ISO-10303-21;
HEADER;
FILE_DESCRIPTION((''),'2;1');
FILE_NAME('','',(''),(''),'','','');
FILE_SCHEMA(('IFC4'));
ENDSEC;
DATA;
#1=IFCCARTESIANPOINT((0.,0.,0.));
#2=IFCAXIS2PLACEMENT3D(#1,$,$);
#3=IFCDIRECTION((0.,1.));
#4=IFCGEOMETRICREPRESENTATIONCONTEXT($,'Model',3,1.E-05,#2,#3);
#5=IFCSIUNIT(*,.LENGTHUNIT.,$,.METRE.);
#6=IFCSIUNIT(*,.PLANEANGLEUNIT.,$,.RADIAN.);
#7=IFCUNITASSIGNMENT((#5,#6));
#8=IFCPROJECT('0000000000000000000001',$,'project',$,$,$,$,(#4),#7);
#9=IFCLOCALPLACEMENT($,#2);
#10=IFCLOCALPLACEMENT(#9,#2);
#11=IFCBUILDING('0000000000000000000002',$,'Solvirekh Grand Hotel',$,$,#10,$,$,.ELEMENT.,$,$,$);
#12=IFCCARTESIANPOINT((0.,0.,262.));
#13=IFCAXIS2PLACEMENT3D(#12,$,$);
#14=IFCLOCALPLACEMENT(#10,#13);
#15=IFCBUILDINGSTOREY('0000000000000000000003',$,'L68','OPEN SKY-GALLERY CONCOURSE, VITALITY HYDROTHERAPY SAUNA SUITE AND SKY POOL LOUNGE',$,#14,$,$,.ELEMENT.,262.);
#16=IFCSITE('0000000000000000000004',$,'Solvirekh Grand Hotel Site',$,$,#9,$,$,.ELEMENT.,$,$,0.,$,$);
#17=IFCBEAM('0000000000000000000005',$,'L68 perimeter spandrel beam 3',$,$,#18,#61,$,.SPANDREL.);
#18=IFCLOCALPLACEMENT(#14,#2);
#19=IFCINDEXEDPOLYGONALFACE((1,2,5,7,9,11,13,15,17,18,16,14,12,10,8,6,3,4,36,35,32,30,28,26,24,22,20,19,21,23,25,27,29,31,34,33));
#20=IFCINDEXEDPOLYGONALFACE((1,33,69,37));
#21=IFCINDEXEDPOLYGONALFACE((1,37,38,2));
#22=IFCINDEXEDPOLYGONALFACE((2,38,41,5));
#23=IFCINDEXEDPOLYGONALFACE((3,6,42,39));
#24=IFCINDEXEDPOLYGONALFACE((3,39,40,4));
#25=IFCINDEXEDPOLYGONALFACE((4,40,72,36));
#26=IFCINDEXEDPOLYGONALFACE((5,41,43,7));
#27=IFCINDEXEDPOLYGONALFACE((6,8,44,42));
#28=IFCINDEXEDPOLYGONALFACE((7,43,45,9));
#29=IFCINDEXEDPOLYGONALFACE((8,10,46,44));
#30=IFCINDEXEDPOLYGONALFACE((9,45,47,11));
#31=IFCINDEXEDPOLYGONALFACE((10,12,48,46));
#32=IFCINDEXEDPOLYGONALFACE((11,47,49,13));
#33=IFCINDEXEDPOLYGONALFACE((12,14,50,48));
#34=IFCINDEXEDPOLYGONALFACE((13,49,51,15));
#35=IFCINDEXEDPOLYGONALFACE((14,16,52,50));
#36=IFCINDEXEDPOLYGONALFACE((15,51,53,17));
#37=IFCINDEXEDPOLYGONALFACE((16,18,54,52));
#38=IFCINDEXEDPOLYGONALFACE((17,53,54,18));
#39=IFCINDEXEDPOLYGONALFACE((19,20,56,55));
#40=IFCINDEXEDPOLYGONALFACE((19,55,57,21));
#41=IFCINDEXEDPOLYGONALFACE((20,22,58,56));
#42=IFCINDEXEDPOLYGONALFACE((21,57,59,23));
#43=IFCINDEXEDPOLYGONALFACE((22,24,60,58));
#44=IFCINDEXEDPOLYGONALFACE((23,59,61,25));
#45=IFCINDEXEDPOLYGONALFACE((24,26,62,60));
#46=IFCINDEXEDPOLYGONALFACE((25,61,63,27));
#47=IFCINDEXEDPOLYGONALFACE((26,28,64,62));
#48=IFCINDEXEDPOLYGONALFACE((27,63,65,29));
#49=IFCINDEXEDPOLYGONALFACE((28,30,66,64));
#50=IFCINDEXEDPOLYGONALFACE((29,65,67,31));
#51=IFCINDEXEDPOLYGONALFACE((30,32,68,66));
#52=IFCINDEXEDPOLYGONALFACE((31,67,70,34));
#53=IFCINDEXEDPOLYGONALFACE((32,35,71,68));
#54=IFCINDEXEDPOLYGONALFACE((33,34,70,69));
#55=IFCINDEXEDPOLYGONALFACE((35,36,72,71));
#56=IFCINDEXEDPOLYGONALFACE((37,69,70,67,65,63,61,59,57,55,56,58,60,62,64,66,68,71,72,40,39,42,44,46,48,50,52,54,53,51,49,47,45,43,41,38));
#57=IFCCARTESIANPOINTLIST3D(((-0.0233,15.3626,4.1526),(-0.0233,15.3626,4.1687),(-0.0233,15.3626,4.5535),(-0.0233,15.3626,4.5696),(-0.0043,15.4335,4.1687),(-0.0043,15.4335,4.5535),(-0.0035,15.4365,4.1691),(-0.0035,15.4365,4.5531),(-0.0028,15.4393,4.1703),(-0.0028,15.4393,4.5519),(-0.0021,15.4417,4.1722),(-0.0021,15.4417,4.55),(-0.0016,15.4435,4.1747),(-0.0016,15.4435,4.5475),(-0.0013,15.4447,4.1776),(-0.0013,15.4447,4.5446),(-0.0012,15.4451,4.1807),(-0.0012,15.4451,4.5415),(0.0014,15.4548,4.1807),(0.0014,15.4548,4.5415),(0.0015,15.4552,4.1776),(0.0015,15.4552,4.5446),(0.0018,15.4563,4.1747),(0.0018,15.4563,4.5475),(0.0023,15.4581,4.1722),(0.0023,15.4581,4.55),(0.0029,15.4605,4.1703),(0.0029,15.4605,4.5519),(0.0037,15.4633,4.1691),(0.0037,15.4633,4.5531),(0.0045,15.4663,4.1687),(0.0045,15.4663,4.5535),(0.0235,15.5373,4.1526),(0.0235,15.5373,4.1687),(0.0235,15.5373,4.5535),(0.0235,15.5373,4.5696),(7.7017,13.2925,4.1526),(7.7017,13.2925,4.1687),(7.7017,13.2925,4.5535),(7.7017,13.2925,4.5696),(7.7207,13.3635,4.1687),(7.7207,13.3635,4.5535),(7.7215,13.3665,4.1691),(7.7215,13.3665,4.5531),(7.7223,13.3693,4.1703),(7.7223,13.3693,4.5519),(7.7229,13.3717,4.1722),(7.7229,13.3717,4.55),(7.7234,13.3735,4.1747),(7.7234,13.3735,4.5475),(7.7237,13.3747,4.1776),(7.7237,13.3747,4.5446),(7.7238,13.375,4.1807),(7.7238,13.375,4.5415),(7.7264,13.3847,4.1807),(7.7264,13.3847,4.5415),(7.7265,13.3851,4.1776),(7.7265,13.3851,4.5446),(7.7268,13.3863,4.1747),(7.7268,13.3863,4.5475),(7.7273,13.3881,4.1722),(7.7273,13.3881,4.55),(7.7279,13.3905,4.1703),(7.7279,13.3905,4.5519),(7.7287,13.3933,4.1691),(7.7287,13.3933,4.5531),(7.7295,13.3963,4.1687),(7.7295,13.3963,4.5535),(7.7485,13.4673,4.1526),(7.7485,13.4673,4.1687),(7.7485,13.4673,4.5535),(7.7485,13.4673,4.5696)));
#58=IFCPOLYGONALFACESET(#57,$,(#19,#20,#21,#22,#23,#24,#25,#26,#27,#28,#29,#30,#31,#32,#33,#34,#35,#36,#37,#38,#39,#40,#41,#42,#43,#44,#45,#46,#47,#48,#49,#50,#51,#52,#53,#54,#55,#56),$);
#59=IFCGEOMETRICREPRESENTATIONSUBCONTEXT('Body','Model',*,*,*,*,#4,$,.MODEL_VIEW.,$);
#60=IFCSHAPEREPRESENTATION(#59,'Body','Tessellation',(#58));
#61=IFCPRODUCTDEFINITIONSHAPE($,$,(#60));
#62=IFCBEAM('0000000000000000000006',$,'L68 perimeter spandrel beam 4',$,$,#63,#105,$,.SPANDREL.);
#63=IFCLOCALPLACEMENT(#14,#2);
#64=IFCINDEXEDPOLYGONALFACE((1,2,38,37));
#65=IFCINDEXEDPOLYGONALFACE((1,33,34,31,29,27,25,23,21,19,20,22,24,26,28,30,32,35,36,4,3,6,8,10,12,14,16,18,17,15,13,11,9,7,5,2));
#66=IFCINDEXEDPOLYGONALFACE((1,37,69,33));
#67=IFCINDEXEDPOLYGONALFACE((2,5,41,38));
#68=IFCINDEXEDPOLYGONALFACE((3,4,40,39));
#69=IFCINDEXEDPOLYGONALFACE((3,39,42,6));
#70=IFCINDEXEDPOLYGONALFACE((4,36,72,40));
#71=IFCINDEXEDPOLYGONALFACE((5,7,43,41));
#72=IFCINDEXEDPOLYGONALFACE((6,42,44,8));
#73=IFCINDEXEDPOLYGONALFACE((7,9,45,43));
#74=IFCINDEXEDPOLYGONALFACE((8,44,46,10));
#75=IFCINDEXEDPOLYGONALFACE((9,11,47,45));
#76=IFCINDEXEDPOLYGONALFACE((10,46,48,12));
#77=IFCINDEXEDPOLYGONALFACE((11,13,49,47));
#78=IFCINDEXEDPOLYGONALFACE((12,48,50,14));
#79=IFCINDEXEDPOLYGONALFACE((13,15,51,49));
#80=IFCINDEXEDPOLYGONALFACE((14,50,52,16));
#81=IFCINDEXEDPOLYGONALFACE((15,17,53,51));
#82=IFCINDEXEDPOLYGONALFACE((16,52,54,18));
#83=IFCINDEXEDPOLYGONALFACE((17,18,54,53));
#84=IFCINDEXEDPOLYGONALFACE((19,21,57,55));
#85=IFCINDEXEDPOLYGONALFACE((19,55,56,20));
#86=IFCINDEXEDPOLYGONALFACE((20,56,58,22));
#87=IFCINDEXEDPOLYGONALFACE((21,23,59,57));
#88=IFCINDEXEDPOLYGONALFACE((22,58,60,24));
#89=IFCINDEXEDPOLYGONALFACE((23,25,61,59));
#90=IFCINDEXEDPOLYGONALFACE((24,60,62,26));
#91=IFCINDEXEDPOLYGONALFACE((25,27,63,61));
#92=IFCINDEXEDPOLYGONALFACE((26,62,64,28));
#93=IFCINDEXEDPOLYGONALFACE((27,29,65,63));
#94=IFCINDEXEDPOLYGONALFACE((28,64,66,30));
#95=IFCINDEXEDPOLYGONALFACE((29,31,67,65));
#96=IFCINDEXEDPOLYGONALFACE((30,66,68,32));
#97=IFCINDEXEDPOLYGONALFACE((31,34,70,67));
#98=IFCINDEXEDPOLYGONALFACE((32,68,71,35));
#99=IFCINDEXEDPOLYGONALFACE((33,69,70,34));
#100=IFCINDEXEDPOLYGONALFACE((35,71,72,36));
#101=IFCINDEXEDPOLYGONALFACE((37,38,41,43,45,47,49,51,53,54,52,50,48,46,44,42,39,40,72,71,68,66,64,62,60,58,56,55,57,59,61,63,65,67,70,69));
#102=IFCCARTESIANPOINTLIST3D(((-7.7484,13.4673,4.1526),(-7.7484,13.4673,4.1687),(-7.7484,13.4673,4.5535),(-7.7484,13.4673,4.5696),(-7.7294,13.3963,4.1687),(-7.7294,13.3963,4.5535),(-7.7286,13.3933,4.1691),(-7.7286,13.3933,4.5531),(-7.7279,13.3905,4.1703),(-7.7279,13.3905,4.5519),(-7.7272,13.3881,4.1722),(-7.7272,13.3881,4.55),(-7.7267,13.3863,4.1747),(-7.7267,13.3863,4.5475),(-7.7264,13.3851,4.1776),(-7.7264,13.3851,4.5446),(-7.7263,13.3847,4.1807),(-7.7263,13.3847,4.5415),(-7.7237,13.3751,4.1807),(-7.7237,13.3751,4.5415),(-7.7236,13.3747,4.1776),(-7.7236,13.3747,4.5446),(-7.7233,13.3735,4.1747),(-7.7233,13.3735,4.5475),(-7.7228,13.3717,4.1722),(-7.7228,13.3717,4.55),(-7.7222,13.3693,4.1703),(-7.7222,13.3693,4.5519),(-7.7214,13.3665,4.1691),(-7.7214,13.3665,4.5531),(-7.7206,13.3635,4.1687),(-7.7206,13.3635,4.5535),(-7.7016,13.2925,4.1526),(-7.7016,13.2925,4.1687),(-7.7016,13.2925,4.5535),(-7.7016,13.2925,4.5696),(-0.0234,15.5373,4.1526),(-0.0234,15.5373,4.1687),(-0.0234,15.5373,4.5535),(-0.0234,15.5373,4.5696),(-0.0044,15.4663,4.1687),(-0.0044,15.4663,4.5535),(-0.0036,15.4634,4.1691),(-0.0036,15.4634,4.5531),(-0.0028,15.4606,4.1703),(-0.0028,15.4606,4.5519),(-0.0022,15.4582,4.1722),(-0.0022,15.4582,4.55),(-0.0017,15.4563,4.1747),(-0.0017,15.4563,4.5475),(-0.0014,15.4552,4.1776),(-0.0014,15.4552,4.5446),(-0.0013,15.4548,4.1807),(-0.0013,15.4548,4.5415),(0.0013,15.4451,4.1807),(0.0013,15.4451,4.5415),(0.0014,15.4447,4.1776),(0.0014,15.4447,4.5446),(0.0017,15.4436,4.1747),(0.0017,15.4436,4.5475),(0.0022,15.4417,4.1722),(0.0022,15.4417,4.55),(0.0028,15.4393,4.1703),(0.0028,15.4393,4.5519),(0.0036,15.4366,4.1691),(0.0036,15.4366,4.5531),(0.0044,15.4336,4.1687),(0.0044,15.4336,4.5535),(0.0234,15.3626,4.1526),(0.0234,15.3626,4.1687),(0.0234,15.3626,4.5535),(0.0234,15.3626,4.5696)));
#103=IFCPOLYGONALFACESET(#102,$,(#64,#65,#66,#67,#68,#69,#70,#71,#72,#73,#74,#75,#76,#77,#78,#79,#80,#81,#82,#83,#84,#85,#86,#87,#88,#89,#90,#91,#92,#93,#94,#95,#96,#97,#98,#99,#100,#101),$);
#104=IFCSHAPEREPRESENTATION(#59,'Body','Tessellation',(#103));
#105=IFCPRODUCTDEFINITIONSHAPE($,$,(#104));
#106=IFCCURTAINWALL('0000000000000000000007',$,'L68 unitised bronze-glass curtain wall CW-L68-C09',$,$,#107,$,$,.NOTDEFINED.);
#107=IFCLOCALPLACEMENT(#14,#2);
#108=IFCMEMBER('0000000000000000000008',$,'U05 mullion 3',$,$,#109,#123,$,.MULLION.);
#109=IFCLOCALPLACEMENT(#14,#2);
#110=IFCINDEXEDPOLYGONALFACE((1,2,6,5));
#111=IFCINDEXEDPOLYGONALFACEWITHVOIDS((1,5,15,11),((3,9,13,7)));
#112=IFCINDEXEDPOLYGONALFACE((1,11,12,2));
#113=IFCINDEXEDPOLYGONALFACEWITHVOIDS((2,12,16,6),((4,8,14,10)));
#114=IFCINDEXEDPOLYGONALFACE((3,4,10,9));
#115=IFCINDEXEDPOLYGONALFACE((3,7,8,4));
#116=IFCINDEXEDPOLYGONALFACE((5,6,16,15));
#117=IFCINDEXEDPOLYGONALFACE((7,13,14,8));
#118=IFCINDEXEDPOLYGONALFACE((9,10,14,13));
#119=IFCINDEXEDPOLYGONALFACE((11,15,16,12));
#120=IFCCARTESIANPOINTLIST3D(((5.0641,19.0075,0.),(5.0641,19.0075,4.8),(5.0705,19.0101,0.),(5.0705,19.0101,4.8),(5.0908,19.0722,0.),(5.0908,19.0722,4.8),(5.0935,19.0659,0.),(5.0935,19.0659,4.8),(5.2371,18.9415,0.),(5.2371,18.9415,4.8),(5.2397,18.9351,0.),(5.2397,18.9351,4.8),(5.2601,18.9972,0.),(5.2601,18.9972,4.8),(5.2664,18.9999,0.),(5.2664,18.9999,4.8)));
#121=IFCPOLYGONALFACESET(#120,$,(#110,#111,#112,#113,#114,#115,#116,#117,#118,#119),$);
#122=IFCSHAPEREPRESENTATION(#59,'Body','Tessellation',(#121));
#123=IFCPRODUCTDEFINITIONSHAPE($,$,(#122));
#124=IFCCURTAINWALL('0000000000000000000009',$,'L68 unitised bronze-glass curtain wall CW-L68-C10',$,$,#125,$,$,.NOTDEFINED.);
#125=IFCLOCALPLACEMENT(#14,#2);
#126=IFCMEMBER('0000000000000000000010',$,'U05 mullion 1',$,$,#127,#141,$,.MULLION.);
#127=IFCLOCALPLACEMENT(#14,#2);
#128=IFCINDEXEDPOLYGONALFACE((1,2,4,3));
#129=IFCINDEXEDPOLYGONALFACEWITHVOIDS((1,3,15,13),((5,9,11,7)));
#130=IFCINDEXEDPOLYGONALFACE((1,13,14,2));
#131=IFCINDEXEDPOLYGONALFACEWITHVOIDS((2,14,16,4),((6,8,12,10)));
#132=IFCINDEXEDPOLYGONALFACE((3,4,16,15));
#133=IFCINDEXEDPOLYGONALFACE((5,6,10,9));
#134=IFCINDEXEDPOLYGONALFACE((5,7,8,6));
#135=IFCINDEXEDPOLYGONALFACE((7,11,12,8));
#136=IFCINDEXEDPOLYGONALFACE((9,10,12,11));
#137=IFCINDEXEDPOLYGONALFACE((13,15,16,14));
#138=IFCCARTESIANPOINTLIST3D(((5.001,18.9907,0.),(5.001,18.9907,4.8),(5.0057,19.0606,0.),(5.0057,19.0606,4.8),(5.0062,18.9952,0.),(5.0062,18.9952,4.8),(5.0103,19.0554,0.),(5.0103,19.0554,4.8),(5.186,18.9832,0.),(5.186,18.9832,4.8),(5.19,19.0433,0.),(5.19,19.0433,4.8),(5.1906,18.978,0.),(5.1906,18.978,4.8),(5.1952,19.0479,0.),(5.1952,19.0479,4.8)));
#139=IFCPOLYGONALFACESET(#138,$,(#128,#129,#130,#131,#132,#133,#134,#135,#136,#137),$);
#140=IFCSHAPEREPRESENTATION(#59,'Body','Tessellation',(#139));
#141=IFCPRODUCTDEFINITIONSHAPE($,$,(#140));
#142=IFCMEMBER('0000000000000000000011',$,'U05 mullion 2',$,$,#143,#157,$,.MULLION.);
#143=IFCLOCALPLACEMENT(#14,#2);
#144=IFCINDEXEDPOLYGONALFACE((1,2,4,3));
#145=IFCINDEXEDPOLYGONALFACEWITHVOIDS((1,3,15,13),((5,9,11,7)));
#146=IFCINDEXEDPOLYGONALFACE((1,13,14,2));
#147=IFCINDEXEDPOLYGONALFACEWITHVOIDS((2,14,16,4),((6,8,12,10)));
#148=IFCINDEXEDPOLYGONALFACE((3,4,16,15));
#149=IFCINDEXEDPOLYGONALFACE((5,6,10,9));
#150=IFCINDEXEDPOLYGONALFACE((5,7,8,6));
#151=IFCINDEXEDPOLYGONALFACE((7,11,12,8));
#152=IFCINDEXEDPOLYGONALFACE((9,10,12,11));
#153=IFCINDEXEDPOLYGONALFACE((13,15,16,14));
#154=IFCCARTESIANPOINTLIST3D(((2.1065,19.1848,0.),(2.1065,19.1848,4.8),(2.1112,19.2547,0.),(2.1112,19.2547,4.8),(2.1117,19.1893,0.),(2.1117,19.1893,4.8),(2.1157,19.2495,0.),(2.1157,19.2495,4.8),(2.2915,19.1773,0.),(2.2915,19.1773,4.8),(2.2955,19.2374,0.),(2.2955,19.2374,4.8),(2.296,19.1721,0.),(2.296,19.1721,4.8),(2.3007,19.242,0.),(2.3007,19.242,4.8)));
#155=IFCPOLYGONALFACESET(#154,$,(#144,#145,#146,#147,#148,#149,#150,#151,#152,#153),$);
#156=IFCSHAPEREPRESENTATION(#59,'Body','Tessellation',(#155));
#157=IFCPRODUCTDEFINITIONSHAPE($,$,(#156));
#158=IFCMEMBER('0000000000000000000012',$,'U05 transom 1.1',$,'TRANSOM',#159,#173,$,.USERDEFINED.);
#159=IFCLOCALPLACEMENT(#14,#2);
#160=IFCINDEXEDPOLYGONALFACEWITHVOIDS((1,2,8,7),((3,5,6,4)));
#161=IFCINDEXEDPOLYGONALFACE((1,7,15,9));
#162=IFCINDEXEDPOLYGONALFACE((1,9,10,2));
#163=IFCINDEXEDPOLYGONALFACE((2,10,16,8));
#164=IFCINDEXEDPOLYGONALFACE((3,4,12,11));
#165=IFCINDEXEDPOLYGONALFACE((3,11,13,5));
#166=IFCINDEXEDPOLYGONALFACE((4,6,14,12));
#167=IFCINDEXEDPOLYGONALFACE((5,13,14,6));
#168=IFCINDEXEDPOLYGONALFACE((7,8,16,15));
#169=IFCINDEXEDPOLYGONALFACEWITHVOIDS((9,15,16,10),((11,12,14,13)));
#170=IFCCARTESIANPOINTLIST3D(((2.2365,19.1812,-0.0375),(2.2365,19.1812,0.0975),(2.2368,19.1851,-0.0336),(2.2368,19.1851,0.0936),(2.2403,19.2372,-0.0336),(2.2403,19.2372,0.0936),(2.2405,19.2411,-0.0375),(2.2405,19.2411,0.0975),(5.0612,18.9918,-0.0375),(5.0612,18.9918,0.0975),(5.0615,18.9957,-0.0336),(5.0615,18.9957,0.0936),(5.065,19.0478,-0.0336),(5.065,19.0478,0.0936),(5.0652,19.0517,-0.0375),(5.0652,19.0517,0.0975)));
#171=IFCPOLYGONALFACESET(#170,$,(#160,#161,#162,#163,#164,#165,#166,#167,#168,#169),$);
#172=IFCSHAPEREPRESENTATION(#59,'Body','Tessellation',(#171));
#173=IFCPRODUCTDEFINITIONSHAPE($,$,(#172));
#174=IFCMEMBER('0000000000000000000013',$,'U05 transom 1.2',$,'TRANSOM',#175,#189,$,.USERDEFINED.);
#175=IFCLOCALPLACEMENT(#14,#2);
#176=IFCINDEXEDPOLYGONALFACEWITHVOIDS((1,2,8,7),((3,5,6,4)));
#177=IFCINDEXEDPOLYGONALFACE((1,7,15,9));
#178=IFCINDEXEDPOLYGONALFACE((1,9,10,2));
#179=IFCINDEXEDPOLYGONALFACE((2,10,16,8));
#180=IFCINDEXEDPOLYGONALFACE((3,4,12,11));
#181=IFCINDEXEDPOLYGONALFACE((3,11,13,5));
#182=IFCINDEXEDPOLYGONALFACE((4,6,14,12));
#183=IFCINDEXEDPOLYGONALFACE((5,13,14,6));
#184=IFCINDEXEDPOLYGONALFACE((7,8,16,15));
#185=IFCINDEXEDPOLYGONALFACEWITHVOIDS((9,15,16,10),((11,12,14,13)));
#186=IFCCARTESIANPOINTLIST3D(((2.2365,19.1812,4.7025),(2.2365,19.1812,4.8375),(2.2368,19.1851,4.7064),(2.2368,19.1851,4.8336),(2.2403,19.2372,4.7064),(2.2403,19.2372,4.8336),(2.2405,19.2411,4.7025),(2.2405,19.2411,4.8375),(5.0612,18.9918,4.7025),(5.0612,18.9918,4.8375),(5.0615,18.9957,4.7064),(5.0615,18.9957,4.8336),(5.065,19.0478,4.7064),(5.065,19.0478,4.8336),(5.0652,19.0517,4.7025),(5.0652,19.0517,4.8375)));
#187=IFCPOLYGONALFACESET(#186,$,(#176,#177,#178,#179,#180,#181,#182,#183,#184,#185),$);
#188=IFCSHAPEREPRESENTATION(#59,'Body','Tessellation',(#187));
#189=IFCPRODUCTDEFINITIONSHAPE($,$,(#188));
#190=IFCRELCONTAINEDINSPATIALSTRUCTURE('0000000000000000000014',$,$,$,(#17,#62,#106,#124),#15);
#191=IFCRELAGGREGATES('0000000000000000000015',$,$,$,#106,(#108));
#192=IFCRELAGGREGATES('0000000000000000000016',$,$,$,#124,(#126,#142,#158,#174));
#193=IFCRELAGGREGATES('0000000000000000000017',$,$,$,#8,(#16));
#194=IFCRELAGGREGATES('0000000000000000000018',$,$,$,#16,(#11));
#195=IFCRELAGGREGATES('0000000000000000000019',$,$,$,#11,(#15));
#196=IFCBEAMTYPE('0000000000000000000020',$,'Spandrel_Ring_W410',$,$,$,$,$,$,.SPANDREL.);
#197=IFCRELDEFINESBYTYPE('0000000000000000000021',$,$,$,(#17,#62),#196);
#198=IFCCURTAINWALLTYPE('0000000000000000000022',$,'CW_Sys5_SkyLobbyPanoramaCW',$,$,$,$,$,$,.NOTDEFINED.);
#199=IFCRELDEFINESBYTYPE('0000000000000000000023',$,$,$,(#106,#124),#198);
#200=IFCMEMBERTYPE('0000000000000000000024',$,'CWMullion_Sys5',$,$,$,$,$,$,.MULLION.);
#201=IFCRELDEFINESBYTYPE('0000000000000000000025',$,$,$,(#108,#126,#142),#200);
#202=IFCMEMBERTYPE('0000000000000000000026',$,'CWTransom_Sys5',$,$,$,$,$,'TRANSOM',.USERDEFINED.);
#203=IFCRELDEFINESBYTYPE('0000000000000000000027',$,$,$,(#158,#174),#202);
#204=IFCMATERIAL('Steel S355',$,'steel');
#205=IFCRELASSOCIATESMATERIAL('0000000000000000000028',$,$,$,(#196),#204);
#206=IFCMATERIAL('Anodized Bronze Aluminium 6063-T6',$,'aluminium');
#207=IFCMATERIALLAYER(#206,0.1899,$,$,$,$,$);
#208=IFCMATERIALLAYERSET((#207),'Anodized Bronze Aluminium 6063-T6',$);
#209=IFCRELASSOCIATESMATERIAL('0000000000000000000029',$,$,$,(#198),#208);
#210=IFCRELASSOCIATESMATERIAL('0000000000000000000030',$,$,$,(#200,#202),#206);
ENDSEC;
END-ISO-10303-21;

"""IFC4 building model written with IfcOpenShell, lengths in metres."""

from ifc_helpers import new_model, si_unit, direction, frame, origin, origin_2d, place, context, subcontext, project, spatial, hollow_rectangle, i_section, extrude, source, transform, mapped, material, layer, layer_set, material_profile, profile_set, type_object, element, aggregate, save


model = new_model("IFC4")

# Units and contexts
model_context = context("Model", 3, precision=1e-05, world=origin(), true_north=direction((0.0, 1.0)))
body_context = subcontext(model_context, "Body", "Model", "MODEL_VIEW")
ifc_project = project(units=[si_unit("LENGTHUNIT", "METRE"), si_unit("PLANEANGLEUNIT", "RADIAN")], contexts=[model_context])

# Site, building, storey
site_placement = place(None, origin())
site = spatial("IfcSite", under=ifc_project, at=site_placement, Name="Solvirekh Grand Hotel Site", CompositionType="ELEMENT", RefElevation=0.0)
building_placement = place(site_placement, origin())
building = spatial("IfcBuilding", under=site, at=building_placement, Name="Solvirekh Grand Hotel", CompositionType="ELEMENT")
storey_placement = place(building_placement, frame((0.0, 0.0, 262.0)))
storey = spatial("IfcBuildingStorey", under=building, at=storey_placement, Name="L68", Description="OPEN SKY-GALLERY CONCOURSE, VITALITY HYDROTHERAPY SAUNA SUITE AND SKY POOL LOUNGE", CompositionType="ELEMENT", Elevation=262.0)

# Beams
ifc_material_1 = material(Name="Steel S355", Category="steel")
ifc_material_profile_1 = material_profile(ifc_material_1, i_section(OverallWidth=0.1809, OverallDepth=0.417, WebThickness=0.01, FlangeThickness=0.0161, FilletRadius=0.012, at=origin_2d()), Name="W410X85")
ifc_profile_set_1 = profile_set([ifc_material_profile_1], Name="Steel S355")
beam_type_1 = type_object("IfcBeamType", Name="Spandrel_Ring_W410", PredefinedType="SPANDREL", material=ifc_profile_set_1)
for number, where, z_axis, x_axis, name in (
    (1, (7.7251, 13.3799, 4.3611), (-0.965922, 0.258835, 0.0), (-0.258835, -0.965922, 0.0), "L68 perimeter spandrel beam 3"),
    (2, (0.0, 15.45, 4.3611), (-0.965922, -0.258835, 0.0), (0.258835, -0.965922, 0.0), "L68 perimeter spandrel beam 4"),
):
    element("IfcBeam", number, at=place(storey_placement, frame(where, z_axis=z_axis, x_axis=x_axis)), inside=storey, type_object=beam_type_1, Name=name, PredefinedType="SPANDREL", context=body_context, shape_type="SweptSolid", body=[
        extrude(i_section(OverallWidth=0.1809, OverallDepth=0.417, WebThickness=0.01, FlangeThickness=0.0161, FilletRadius=0.012, at=origin_2d()), origin(), (0.0, 0.0, 1.0), 7.9976),
    ])

# Curtain wall, member
ifc_material_2 = material(Name="Anodized Bronze Aluminium 6063-T6", Category="aluminium")
ifc_layer_1 = layer(ifc_material_2, 0.1899)
ifc_layer_set_1 = layer_set([ifc_layer_1], Name="Anodized Bronze Aluminium 6063-T6")
curtain_wall_type = type_object("IfcCurtainWallType", Name="CW_Sys5_SkyLobbyPanoramaCW", PredefinedType="NOTDEFINED", material=ifc_layer_set_1)
curtain_wall_1_placement = place(storey_placement, origin())
curtain_wall_1 = element("IfcCurtainWall", 3, at=curtain_wall_1_placement, inside=storey, type_object=curtain_wall_type, Name="L68 unitised bronze-glass curtain wall CW-L68-C09", PredefinedType="NOTDEFINED")
ifc_material_profile_2 = material_profile(ifc_material_2, hollow_rectangle(XDim=0.0701, YDim=0.1899, WallThickness=0.0049, at=origin_2d()), Name="ALU RHS 190X70X5")
ifc_profile_set_2 = profile_set([ifc_material_profile_2], Name="Anodized Bronze Aluminium 6063-T6")
member_type_1 = type_object("IfcMemberType", Name="CWMullion_Sys5", PredefinedType="MULLION", material=ifc_profile_set_2)
shared_shape_1 = source(origin(), body_context, "Body", "SweptSolid", [
    extrude(hollow_rectangle(XDim=0.0701, YDim=0.1899, WallThickness=0.0049, at=origin_2d()), origin(), (0.0, 0.0, 1.0), 4.8),
])
member_1_placement = place(storey_placement, frame((5.1653, 19.0037, 0.0), z_axis=(0.0, 0.0, 1.0), x_axis=(-0.381047, -0.924556, 0.0)))
member_1 = element("IfcMember", 4, at=member_1_placement, type_object=member_type_1, Name="U05 mullion 3", PredefinedType="MULLION", context=body_context, shape_type="MappedRepresentation", body=[
    mapped(shared_shape_1, transform((0.0, 0.0, 0.0), x_axis=(1.0, 0.0, 0.0), y_axis=(0.0, 1.0, 0.0), z_axis=(0.0, 0.0, 1.0), scale=1.0)),
])

# Curtain wall, members
curtain_wall_2_placement = place(storey_placement, origin())
curtain_wall_2 = element("IfcCurtainWall", 5, at=curtain_wall_2_placement, inside=storey, type_object=curtain_wall_type, Name="L68 unitised bronze-glass curtain wall CW-L68-C10", PredefinedType="NOTDEFINED")
member_2_placement = place(storey_placement, frame((5.0981, 19.0193, 0.0), z_axis=(0.0, 0.0, 1.0), x_axis=(-0.066926, -0.997758, 0.0)))
member_2 = element("IfcMember", 6, at=member_2_placement, type_object=member_type_1, Name="U05 mullion 1", PredefinedType="MULLION", context=body_context, shape_type="MappedRepresentation", body=[
    mapped(shared_shape_1, transform((0.0, 0.0, 0.0), x_axis=(1.0, 0.0, 0.0), y_axis=(0.0, 1.0, 0.0), z_axis=(0.0, 0.0, 1.0), scale=1.0)),
])
member_3_placement = place(storey_placement, frame((2.2036, 19.2134, 0.0), z_axis=(0.0, 0.0, 1.0), x_axis=(-0.066926, -0.997758, 0.0)))
member_3 = element("IfcMember", 7, at=member_3_placement, type_object=member_type_1, Name="U05 mullion 2", PredefinedType="MULLION", context=body_context, shape_type="MappedRepresentation", body=[
    mapped(shared_shape_1, transform((0.0, 0.0, 0.0), x_axis=(1.0, 0.0, 0.0), y_axis=(0.0, 1.0, 0.0), z_axis=(0.0, 0.0, 1.0), scale=1.0)),
])
ifc_material_profile_3 = material_profile(ifc_material_2, hollow_rectangle(XDim=0.0601, YDim=0.135, WallThickness=0.0039, at=origin_2d()), Name="ALU RHS 135X60X4")
ifc_profile_set_3 = profile_set([ifc_material_profile_3], Name="Anodized Bronze Aluminium 6063-T6")
member_type_2 = type_object("IfcMemberType", Name="CWTransom_Sys5", ElementType="TRANSOM", PredefinedType="USERDEFINED", material=ifc_profile_set_3)
shared_shape_2 = source(origin(), body_context, "Body", "SweptSolid", [
    extrude(hollow_rectangle(XDim=0.0601, YDim=0.135, WallThickness=0.0039, at=origin_2d()), origin(), (0.0, 0.0, 1.0), 2.8311),
])
member_4_placement = place(storey_placement, frame((5.0632, 19.0217, 0.03), z_axis=(-0.997758, 0.06692, 0.0), x_axis=(-0.06692, -0.997758, 0.0)))
member_4 = element("IfcMember", 8, at=member_4_placement, type_object=member_type_2, Name="U05 transom 1.1", ObjectType="TRANSOM", PredefinedType="USERDEFINED", context=body_context, shape_type="MappedRepresentation", body=[
    mapped(shared_shape_2, transform((0.0, 0.0, 0.0), x_axis=(1.0, 0.0, 0.0), y_axis=(0.0, 1.0, 0.0), z_axis=(0.0, 0.0, 1.0), scale=1.0)),
])
member_5_placement = place(storey_placement, frame((5.0632, 19.0217, 4.77), z_axis=(-0.997758, 0.06692, 0.0), x_axis=(-0.06692, -0.997758, 0.0)))
member_5 = element("IfcMember", 9, at=member_5_placement, type_object=member_type_2, Name="U05 transom 1.2", ObjectType="TRANSOM", PredefinedType="USERDEFINED", context=body_context, shape_type="MappedRepresentation", body=[
    mapped(shared_shape_2, transform((0.0, 0.0, 0.0), x_axis=(1.0, 0.0, 0.0), y_axis=(0.0, 1.0, 0.0), z_axis=(0.0, 0.0, 1.0), scale=1.0)),
])

aggregate(curtain_wall_1, [member_1])
aggregate(curtain_wall_2, [member_2, member_3, member_4, member_5])

save(model, "model.ifc")
